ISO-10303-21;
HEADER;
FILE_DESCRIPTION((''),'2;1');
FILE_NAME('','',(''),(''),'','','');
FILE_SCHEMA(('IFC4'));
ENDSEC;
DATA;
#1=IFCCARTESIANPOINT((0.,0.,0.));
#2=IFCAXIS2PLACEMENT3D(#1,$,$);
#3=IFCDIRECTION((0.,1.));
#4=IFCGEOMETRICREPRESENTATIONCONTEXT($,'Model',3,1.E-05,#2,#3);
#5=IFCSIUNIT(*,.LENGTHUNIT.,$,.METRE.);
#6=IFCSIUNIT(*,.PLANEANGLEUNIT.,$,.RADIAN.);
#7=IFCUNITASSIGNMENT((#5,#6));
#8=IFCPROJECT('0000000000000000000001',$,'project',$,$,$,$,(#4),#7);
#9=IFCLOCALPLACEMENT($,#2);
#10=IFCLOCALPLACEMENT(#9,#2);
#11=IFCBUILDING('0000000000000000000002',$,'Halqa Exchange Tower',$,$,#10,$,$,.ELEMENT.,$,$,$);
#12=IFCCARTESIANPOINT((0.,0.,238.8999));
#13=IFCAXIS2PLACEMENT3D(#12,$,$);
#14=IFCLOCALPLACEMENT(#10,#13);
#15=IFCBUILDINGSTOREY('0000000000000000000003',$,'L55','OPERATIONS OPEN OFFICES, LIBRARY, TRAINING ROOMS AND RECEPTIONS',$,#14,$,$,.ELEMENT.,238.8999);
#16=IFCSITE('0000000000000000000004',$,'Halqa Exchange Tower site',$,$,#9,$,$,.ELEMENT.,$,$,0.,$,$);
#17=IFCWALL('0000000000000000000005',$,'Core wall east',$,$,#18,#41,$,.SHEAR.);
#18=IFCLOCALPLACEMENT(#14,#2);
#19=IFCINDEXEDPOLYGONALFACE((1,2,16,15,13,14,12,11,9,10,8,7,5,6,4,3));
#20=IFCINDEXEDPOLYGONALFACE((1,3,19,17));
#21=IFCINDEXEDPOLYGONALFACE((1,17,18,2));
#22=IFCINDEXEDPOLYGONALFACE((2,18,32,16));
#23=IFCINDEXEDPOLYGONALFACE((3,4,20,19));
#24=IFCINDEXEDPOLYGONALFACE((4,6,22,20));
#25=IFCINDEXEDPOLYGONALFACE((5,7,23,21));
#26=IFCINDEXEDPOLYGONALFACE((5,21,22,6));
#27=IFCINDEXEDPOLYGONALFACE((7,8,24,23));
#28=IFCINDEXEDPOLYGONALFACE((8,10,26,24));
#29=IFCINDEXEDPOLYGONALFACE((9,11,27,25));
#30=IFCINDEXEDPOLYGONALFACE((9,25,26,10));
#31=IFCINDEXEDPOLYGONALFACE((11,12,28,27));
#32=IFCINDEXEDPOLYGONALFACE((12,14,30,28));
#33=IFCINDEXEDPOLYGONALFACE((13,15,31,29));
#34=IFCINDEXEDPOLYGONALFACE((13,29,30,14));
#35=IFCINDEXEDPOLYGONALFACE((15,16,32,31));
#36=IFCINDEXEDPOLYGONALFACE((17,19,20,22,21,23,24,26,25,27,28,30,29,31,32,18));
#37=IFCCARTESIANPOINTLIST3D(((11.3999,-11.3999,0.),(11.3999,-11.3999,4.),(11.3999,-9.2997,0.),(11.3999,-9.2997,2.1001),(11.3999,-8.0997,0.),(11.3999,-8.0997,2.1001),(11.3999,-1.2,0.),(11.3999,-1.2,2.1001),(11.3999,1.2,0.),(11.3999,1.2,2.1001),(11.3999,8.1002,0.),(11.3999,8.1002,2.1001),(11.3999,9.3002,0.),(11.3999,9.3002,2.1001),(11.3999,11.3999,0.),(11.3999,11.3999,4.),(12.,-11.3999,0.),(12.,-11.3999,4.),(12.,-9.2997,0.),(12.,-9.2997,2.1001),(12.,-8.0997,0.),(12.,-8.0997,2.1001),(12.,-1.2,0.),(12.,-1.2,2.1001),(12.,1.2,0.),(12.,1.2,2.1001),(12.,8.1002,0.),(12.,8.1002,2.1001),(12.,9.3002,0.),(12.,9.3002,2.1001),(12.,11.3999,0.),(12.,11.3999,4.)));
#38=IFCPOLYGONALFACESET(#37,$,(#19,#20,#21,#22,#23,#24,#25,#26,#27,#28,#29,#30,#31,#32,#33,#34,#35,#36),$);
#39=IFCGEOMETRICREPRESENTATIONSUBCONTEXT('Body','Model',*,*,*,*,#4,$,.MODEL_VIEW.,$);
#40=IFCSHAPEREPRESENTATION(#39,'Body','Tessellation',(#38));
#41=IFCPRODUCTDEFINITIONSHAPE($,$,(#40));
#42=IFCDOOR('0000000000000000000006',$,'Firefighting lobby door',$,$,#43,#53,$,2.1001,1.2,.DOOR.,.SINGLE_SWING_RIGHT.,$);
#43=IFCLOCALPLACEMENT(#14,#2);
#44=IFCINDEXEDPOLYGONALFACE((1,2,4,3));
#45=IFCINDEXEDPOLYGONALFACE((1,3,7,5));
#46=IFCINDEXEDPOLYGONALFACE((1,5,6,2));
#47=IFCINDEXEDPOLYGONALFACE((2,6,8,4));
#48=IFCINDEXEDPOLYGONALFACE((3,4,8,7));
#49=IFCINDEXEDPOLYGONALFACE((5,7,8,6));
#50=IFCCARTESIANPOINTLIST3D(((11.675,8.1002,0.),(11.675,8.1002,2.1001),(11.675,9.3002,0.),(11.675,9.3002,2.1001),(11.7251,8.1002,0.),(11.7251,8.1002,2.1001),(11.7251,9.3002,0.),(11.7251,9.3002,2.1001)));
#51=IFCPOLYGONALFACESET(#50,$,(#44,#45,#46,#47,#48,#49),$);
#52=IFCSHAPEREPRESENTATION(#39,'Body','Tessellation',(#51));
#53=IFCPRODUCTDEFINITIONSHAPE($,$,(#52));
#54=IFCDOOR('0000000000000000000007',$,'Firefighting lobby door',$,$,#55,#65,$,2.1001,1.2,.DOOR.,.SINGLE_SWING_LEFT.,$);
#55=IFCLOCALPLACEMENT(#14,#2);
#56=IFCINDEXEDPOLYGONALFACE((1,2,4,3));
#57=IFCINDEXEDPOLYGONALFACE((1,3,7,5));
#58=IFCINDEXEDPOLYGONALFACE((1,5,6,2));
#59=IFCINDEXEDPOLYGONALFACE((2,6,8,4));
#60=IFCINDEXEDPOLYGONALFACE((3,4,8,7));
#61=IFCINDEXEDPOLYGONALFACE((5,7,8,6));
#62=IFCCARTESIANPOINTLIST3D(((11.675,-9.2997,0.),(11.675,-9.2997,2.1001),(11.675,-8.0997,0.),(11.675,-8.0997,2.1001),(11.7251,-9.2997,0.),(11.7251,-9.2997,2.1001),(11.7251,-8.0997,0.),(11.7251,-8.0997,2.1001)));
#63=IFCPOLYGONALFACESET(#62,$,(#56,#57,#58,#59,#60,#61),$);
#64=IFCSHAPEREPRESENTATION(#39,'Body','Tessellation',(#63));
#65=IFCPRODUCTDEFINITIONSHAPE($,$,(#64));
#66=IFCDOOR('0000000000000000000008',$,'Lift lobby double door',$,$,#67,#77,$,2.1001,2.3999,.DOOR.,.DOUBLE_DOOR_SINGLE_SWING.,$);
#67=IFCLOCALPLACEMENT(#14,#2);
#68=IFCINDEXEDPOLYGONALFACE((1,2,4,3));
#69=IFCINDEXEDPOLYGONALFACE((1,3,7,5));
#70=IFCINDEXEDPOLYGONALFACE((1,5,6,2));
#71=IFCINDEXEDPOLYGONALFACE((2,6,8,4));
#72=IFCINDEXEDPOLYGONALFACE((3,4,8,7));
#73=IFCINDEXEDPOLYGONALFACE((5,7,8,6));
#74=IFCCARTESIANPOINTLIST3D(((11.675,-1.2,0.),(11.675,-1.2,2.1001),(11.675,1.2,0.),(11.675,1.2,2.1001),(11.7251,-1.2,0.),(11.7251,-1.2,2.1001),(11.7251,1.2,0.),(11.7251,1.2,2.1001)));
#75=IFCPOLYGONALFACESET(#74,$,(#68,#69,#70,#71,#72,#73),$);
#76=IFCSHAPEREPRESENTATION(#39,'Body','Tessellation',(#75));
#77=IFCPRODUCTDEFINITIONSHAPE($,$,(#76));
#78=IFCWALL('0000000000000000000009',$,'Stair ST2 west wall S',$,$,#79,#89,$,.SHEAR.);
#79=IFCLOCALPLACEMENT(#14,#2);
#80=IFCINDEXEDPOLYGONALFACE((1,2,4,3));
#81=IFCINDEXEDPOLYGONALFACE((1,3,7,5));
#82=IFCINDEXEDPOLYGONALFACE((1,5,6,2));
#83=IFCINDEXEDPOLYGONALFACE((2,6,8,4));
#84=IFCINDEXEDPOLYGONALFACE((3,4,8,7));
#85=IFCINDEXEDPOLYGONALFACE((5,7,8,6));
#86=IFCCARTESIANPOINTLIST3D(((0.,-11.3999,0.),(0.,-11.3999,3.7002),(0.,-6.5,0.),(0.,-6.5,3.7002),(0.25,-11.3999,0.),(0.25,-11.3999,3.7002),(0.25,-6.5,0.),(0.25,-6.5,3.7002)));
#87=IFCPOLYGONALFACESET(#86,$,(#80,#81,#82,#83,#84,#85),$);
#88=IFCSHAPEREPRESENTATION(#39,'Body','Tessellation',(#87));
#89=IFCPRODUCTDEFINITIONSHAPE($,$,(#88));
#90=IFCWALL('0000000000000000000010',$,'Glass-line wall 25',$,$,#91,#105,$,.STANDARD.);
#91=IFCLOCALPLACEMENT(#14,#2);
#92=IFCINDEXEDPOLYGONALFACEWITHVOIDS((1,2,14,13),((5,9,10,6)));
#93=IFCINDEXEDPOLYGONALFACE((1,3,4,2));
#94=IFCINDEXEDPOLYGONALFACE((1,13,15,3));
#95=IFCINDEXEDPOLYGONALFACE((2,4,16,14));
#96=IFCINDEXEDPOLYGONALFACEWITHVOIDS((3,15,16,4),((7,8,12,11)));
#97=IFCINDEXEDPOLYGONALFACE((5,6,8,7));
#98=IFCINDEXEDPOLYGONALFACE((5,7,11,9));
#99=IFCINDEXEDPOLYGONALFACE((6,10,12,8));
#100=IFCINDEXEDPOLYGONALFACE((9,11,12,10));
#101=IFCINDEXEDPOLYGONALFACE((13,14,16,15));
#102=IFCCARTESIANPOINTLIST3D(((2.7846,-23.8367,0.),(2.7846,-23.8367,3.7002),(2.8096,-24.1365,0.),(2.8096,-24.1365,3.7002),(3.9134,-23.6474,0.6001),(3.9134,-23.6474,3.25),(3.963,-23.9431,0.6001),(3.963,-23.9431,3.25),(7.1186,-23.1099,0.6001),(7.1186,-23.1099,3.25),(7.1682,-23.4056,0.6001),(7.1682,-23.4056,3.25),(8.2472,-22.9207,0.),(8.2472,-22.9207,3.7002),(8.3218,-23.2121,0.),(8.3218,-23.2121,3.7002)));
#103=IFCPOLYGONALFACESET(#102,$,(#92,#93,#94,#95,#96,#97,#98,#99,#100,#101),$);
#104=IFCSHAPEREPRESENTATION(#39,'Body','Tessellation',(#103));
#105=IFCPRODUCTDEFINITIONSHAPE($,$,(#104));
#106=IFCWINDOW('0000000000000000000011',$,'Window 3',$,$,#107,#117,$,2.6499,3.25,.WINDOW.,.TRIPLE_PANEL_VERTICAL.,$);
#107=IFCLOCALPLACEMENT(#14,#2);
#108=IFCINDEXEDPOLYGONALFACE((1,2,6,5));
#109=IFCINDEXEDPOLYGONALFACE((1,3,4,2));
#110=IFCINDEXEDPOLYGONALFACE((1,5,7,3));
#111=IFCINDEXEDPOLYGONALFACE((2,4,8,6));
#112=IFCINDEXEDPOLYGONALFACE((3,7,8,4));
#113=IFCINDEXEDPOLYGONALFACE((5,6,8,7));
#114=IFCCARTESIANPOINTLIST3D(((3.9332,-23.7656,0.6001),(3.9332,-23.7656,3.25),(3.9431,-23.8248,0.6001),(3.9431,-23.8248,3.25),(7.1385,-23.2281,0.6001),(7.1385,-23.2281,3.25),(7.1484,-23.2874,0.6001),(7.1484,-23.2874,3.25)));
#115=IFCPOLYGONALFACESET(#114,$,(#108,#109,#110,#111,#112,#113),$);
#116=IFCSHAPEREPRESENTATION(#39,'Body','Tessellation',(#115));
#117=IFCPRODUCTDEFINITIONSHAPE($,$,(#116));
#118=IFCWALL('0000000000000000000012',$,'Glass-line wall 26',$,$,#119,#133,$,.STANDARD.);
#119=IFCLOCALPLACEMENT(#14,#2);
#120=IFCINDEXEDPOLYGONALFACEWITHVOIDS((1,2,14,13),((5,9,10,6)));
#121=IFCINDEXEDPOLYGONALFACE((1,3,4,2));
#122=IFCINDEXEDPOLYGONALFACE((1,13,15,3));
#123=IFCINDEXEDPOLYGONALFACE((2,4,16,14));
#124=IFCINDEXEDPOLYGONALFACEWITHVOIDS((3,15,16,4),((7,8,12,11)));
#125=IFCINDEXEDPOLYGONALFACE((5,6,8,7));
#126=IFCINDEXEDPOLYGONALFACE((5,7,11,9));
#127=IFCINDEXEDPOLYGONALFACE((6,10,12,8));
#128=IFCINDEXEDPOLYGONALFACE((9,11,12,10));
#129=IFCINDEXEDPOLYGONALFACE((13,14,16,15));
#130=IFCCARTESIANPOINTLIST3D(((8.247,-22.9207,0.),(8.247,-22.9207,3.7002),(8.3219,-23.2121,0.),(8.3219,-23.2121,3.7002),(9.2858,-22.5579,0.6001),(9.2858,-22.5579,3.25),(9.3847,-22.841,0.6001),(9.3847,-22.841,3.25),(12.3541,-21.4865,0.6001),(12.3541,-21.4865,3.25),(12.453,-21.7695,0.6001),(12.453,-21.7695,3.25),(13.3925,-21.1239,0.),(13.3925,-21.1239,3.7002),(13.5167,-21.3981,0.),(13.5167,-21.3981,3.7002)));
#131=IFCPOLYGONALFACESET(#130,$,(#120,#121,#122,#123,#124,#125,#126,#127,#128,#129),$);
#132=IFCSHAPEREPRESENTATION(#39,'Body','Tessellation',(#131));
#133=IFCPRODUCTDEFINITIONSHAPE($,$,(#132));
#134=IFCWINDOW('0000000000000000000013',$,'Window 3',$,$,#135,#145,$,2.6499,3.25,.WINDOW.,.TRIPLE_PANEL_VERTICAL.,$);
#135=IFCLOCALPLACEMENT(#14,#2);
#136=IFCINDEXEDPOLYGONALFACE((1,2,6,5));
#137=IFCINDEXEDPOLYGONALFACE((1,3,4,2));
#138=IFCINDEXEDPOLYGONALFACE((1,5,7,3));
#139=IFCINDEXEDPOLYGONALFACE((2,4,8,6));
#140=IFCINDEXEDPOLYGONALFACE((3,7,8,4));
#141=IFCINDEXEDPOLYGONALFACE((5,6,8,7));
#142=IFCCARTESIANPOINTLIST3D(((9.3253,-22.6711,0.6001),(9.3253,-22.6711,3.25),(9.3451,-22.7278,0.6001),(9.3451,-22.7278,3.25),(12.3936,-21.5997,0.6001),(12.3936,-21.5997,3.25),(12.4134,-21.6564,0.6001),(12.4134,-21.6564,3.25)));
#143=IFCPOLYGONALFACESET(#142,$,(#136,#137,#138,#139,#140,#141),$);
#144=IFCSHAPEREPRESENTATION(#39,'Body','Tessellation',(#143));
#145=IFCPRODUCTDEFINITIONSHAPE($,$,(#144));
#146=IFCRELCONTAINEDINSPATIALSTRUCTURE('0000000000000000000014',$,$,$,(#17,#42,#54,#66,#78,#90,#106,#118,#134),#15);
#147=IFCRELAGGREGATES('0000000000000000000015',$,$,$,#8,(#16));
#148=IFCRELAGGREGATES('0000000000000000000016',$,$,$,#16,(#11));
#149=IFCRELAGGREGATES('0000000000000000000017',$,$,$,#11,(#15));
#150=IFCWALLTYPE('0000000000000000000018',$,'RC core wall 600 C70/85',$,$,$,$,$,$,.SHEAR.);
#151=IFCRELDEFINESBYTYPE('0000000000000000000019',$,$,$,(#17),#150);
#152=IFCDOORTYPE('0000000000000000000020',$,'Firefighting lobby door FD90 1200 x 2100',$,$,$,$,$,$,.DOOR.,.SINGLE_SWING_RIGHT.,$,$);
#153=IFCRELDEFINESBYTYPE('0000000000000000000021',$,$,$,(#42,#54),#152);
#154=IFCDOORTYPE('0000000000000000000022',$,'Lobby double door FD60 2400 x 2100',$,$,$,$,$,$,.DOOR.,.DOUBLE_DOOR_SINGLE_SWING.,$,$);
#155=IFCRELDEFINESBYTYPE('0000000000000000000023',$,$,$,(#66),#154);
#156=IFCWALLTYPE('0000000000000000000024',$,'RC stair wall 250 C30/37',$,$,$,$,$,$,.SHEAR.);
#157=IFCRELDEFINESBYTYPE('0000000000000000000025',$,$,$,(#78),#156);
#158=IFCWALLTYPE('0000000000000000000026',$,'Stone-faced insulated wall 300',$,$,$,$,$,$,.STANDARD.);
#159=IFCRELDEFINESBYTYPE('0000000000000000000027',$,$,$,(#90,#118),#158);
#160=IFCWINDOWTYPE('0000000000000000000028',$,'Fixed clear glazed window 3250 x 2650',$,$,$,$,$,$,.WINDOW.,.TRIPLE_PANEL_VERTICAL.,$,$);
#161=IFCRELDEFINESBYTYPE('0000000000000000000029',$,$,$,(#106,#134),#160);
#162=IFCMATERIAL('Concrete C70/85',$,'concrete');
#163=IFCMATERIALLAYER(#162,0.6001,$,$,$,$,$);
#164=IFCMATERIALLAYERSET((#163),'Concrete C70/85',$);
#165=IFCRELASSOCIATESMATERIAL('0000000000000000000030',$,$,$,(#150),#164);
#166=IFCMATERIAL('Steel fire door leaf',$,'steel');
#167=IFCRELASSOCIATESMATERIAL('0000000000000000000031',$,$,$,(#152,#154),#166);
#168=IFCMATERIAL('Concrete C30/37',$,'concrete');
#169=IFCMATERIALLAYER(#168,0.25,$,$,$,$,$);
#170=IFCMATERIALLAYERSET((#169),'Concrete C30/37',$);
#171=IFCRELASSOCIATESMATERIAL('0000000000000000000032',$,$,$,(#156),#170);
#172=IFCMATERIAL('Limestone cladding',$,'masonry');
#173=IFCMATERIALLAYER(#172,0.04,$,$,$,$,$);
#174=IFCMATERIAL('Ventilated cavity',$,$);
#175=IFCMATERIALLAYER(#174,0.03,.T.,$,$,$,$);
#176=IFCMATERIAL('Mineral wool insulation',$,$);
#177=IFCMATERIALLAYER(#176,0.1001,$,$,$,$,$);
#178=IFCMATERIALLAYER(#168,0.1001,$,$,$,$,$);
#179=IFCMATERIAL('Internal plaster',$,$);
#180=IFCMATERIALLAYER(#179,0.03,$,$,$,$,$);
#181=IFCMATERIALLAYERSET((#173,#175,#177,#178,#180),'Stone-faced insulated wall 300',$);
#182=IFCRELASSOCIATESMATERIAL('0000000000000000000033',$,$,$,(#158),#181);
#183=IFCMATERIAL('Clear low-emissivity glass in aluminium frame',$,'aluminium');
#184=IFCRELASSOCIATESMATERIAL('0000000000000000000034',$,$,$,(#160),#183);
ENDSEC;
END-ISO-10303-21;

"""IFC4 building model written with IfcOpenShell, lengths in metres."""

from ifc_helpers import new_model, si_unit, direction, frame, frame_2d, origin, place, context, subcontext, project, spatial, polyline, rectangle, outline, extrude, material, layer, layer_set, type_object, element, fill, save


model = new_model("IFC4")

# Units and contexts
model_context = context("Model", 3, precision=1e-05, world=origin(), true_north=direction((0.0, 1.0)))
body_context = subcontext(model_context, "Body", "Model", "MODEL_VIEW")
ifc_project = project(units=[si_unit("LENGTHUNIT", "METRE"), si_unit("PLANEANGLEUNIT", "RADIAN")], contexts=[model_context])

# Site, building, storey
site_placement = place(None, origin())
site = spatial("IfcSite", under=ifc_project, at=site_placement, Name="Halqa Exchange Tower site", CompositionType="ELEMENT", RefElevation=0.0)
building_placement = place(site_placement, origin())
building = spatial("IfcBuilding", under=site, at=building_placement, Name="Halqa Exchange Tower", CompositionType="ELEMENT")
storey_placement = place(building_placement, frame((0.0, 0.0, 238.8999)))
storey = spatial("IfcBuildingStorey", under=building, at=storey_placement, Name="L55", Description="OPERATIONS OPEN OFFICES, LIBRARY, TRAINING ROOMS AND RECEPTIONS", CompositionType="ELEMENT", Elevation=238.8999)

# Wall, openings, doors
ifc_material_1 = material(Name="Concrete C70/85", Category="concrete")
ifc_layer_1 = layer(ifc_material_1, 0.6001)
ifc_layer_set_1 = layer_set([ifc_layer_1], Name="Concrete C70/85")
wall_type_1 = type_object("IfcWallType", Name="RC core wall 600 C70/85", PredefinedType="SHEAR", material=ifc_layer_set_1)
wall_1_placement = place(storey_placement, frame((11.7, -11.3999, 0.0), z_axis=(0.0, 0.0, 1.0), x_axis=(0.0, 1.0, 0.0)))
wall_1 = element("IfcWall", 1, at=wall_1_placement, inside=storey, type_object=wall_type_1, Name="Core wall east", PredefinedType="SHEAR", context=body_context, shape_type="SweptSolid", body=[
    extrude(rectangle(XDim=22.7998, YDim=0.6001, at=frame_2d((11.3999, 0.0))), origin(), (0.0, 0.0, 1.0), 4.0),
])
opening_1_placement = place(wall_1_placement, frame((10.2, 0.0, 0.0)))
opening_1 = element("IfcOpeningElement", 2, at=opening_1_placement, cuts=wall_1, PredefinedType="OPENING", context=body_context, shape_type="SweptSolid", body=[
    extrude(rectangle(XDim=2.3999, YDim=2.1001, at=frame_2d((1.2, 1.05))), frame((0.0, 0.312, 0.0), z_axis=(0.0, -1.0, 0.0), x_axis=(1.0, 0.0, 0.0)), (0.0, 0.0, 1.0), 0.624),
])
opening_2_placement = place(wall_1_placement, frame((19.5, 0.0, 0.0)))
opening_2 = element("IfcOpeningElement", 3, at=opening_2_placement, cuts=wall_1, PredefinedType="OPENING", context=body_context, shape_type="SweptSolid", body=[
    extrude(rectangle(XDim=1.2, YDim=2.1001, at=frame_2d((0.6001, 1.05))), frame((0.0, 0.312, 0.0), z_axis=(0.0, -1.0, 0.0), x_axis=(1.0, 0.0, 0.0)), (0.0, 0.0, 1.0), 0.624),
])
opening_3_placement = place(wall_1_placement, frame((2.1001, 0.0, 0.0)))
opening_3 = element("IfcOpeningElement", 4, at=opening_3_placement, cuts=wall_1, PredefinedType="OPENING", context=body_context, shape_type="SweptSolid", body=[
    extrude(rectangle(XDim=1.2, YDim=2.1001, at=frame_2d((0.6001, 1.05))), frame((0.0, 0.312, 0.0), z_axis=(0.0, -1.0, 0.0), x_axis=(1.0, 0.0, 0.0)), (0.0, 0.0, 1.0), 0.624),
])
ifc_material_2 = material(Name="Steel fire door leaf", Category="steel")
door_type_1 = type_object("IfcDoorType", Name="Firefighting lobby door FD90 1200 x 2100", OperationType="SINGLE_SWING_RIGHT", PredefinedType="DOOR", material=ifc_material_2)
door_1_placement = place(opening_2_placement, origin())
door_1 = element("IfcDoor", 5, at=door_1_placement, inside=storey, type_object=door_type_1, Name="Firefighting lobby door", OperationType="SINGLE_SWING_RIGHT", OverallHeight=2.1001, OverallWidth=1.2, PredefinedType="DOOR", context=body_context, shape_type="SweptSolid", body=[
    extrude(rectangle(XDim=1.2, YDim=2.1001, at=frame_2d((0.6001, 1.05))), frame((0.0, 0.0249, 0.0), z_axis=(0.0, -1.0, 0.0), x_axis=(1.0, 0.0, 0.0)), (0.0, 0.0, 1.0), 0.05),
])
fill(opening_2, door_1)
door_2_placement = place(opening_3_placement, origin())
door_2 = element("IfcDoor", 6, at=door_2_placement, inside=storey, type_object=door_type_1, Name="Firefighting lobby door", OperationType="SINGLE_SWING_LEFT", OverallHeight=2.1001, OverallWidth=1.2, PredefinedType="DOOR", context=body_context, shape_type="SweptSolid", body=[
    extrude(rectangle(XDim=1.2, YDim=2.1001, at=frame_2d((0.6001, 1.05))), frame((0.0, 0.0249, 0.0), z_axis=(0.0, -1.0, 0.0), x_axis=(1.0, 0.0, 0.0)), (0.0, 0.0, 1.0), 0.05),
])
fill(opening_3, door_2)
door_type_2 = type_object("IfcDoorType", Name="Lobby double door FD60 2400 x 2100", OperationType="DOUBLE_DOOR_SINGLE_SWING", PredefinedType="DOOR", material=ifc_material_2)
door_3_placement = place(opening_1_placement, origin())
door_3 = element("IfcDoor", 7, at=door_3_placement, inside=storey, type_object=door_type_2, Name="Lift lobby double door", OperationType="DOUBLE_DOOR_SINGLE_SWING", OverallHeight=2.1001, OverallWidth=2.3999, PredefinedType="DOOR", context=body_context, shape_type="SweptSolid", body=[
    extrude(rectangle(XDim=2.3999, YDim=2.1001, at=frame_2d((1.2, 1.05))), frame((0.0, 0.0249, 0.0), z_axis=(0.0, -1.0, 0.0), x_axis=(1.0, 0.0, 0.0)), (0.0, 0.0, 1.0), 0.05),
])
fill(opening_1, door_3)

# Wall
ifc_material_3 = material(Name="Concrete C30/37", Category="concrete")
ifc_layer_2 = layer(ifc_material_3, 0.25)
ifc_layer_set_2 = layer_set([ifc_layer_2], Name="Concrete C30/37")
wall_type_2 = type_object("IfcWallType", Name="RC stair wall 250 C30/37", PredefinedType="SHEAR", material=ifc_layer_set_2)
wall_2_placement = place(storey_placement, frame((0.125, -11.3999, 0.0), z_axis=(0.0, 0.0, 1.0), x_axis=(0.0, 1.0, 0.0)))
element("IfcWall", 8, at=wall_2_placement, inside=storey, type_object=wall_type_2, Name="Stair ST2 west wall S", PredefinedType="SHEAR", context=body_context, shape_type="SweptSolid", body=[
    extrude(rectangle(XDim=4.8999, YDim=0.25, at=frame_2d((2.45, 0.0))), origin(), (0.0, 0.0, 1.0), 3.7002),
])

# Walls, openings, windows
ifc_material_4 = material(Name="Limestone cladding", Category="masonry")
ifc_layer_3 = layer(ifc_material_4, 0.04)
ifc_material_5 = material(Name="Ventilated cavity")
ifc_layer_4 = layer(ifc_material_5, 0.03, ventilated=True)
ifc_material_6 = material(Name="Mineral wool insulation")
ifc_layer_5 = layer(ifc_material_6, 0.1001)
ifc_layer_6 = layer(ifc_material_3, 0.1001)
ifc_material_7 = material(Name="Internal plaster")
ifc_layer_7 = layer(ifc_material_7, 0.03)
ifc_layer_set_3 = layer_set([ifc_layer_3, ifc_layer_4, ifc_layer_5, ifc_layer_6, ifc_layer_7], Name="Stone-faced insulated wall 300")
wall_type_3 = type_object("IfcWallType", Name="Stone-faced insulated wall 300", PredefinedType="STANDARD", material=ifc_layer_set_3)
wall_3_placement = place(storey_placement, frame((2.7971, -23.9866, 0.0), z_axis=(0.0, 0.0, 1.0), x_axis=(0.98623, 0.165381, 0.0)))
wall_3 = element("IfcWall", 9, at=wall_3_placement, inside=storey, type_object=wall_type_3, Name="Glass-line wall 25", PredefinedType="STANDARD", context=body_context, shape_type="SweptSolid", body=[
    extrude(outline(polyline([(-0.0125, -0.1499), (5.5767, -0.1499), (5.5513, 0.1499), (0.0125, 0.1499), (-0.0125, -0.1499)])), origin(), (0.0, 0.0, 1.0), 3.7002),
])
opening_4_placement = place(wall_3_placement, frame((1.157, 0.0, 0.6001)))
opening_4 = element("IfcOpeningElement", 10, at=opening_4_placement, cuts=wall_3, PredefinedType="OPENING", context=body_context, shape_type="SweptSolid", body=[
    extrude(rectangle(XDim=3.25, YDim=2.6499, at=frame_2d((1.625, 1.325))), frame((0.0, 0.1621, 0.0), z_axis=(0.0, -1.0, 0.0), x_axis=(1.0, 0.0, 0.0)), (0.0, 0.0, 1.0), 0.324),
])
ifc_material_8 = material(Name="Clear low-emissivity glass in aluminium frame", Category="aluminium")
window_type = type_object("IfcWindowType", Name="Fixed clear glazed window 3250 x 2650", PartitioningType="TRIPLE_PANEL_VERTICAL", PredefinedType="WINDOW", material=ifc_material_8)
window_1_placement = place(opening_4_placement, origin())
window_1 = element("IfcWindow", 11, at=window_1_placement, inside=storey, type_object=window_type, Name="Window 3", OverallHeight=2.6499, OverallWidth=3.25, PartitioningType="TRIPLE_PANEL_VERTICAL", PredefinedType="WINDOW", context=body_context, shape_type="SweptSolid", body=[
    extrude(rectangle(XDim=3.25, YDim=2.6499, at=frame_2d((1.625, 1.325))), frame((0.0, 0.03, 0.0), z_axis=(0.0, -1.0, 0.0), x_axis=(1.0, 0.0, 0.0)), (0.0, 0.0, 1.0), 0.0601),
])
fill(opening_4, window_1)
wall_4_placement = place(storey_placement, frame((8.2844, -23.0664, 0.0), z_axis=(0.0, 0.0, 1.0), x_axis=(0.944094, 0.329677, 0.0)))
wall_4 = element("IfcWall", 12, at=wall_4_placement, inside=storey, type_object=wall_type_3, Name="Glass-line wall 26", PredefinedType="STANDARD", context=body_context, shape_type="SweptSolid", body=[
    extrude(outline(polyline([(-0.0127, -0.1499), (5.4897, -0.1499), (5.4629, 0.1499), (0.0127, 0.1499), (-0.0127, -0.1499)])), origin(), (0.0, 0.0, 1.0), 3.7002),
])
opening_5_placement = place(wall_4_placement, frame((1.113, 0.0, 0.6001)))
opening_5 = element("IfcOpeningElement", 13, at=opening_5_placement, cuts=wall_4, PredefinedType="OPENING", context=body_context, shape_type="SweptSolid", body=[
    extrude(rectangle(XDim=3.25, YDim=2.6499, at=frame_2d((1.625, 1.325))), frame((0.0, 0.1621, 0.0), z_axis=(0.0, -1.0, 0.0), x_axis=(1.0, 0.0, 0.0)), (0.0, 0.0, 1.0), 0.324),
])
window_2_placement = place(opening_5_placement, origin())
window_2 = element("IfcWindow", 14, at=window_2_placement, inside=storey, type_object=window_type, Name="Window 3", OverallHeight=2.6499, OverallWidth=3.25, PartitioningType="TRIPLE_PANEL_VERTICAL", PredefinedType="WINDOW", context=body_context, shape_type="SweptSolid", body=[
    extrude(rectangle(XDim=3.25, YDim=2.6499, at=frame_2d((1.625, 1.325))), frame((0.0, 0.03, 0.0), z_axis=(0.0, -1.0, 0.0), x_axis=(1.0, 0.0, 0.0)), (0.0, 0.0, 1.0), 0.0601),
])
fill(opening_5, window_2)

save(model, "model.ifc")
